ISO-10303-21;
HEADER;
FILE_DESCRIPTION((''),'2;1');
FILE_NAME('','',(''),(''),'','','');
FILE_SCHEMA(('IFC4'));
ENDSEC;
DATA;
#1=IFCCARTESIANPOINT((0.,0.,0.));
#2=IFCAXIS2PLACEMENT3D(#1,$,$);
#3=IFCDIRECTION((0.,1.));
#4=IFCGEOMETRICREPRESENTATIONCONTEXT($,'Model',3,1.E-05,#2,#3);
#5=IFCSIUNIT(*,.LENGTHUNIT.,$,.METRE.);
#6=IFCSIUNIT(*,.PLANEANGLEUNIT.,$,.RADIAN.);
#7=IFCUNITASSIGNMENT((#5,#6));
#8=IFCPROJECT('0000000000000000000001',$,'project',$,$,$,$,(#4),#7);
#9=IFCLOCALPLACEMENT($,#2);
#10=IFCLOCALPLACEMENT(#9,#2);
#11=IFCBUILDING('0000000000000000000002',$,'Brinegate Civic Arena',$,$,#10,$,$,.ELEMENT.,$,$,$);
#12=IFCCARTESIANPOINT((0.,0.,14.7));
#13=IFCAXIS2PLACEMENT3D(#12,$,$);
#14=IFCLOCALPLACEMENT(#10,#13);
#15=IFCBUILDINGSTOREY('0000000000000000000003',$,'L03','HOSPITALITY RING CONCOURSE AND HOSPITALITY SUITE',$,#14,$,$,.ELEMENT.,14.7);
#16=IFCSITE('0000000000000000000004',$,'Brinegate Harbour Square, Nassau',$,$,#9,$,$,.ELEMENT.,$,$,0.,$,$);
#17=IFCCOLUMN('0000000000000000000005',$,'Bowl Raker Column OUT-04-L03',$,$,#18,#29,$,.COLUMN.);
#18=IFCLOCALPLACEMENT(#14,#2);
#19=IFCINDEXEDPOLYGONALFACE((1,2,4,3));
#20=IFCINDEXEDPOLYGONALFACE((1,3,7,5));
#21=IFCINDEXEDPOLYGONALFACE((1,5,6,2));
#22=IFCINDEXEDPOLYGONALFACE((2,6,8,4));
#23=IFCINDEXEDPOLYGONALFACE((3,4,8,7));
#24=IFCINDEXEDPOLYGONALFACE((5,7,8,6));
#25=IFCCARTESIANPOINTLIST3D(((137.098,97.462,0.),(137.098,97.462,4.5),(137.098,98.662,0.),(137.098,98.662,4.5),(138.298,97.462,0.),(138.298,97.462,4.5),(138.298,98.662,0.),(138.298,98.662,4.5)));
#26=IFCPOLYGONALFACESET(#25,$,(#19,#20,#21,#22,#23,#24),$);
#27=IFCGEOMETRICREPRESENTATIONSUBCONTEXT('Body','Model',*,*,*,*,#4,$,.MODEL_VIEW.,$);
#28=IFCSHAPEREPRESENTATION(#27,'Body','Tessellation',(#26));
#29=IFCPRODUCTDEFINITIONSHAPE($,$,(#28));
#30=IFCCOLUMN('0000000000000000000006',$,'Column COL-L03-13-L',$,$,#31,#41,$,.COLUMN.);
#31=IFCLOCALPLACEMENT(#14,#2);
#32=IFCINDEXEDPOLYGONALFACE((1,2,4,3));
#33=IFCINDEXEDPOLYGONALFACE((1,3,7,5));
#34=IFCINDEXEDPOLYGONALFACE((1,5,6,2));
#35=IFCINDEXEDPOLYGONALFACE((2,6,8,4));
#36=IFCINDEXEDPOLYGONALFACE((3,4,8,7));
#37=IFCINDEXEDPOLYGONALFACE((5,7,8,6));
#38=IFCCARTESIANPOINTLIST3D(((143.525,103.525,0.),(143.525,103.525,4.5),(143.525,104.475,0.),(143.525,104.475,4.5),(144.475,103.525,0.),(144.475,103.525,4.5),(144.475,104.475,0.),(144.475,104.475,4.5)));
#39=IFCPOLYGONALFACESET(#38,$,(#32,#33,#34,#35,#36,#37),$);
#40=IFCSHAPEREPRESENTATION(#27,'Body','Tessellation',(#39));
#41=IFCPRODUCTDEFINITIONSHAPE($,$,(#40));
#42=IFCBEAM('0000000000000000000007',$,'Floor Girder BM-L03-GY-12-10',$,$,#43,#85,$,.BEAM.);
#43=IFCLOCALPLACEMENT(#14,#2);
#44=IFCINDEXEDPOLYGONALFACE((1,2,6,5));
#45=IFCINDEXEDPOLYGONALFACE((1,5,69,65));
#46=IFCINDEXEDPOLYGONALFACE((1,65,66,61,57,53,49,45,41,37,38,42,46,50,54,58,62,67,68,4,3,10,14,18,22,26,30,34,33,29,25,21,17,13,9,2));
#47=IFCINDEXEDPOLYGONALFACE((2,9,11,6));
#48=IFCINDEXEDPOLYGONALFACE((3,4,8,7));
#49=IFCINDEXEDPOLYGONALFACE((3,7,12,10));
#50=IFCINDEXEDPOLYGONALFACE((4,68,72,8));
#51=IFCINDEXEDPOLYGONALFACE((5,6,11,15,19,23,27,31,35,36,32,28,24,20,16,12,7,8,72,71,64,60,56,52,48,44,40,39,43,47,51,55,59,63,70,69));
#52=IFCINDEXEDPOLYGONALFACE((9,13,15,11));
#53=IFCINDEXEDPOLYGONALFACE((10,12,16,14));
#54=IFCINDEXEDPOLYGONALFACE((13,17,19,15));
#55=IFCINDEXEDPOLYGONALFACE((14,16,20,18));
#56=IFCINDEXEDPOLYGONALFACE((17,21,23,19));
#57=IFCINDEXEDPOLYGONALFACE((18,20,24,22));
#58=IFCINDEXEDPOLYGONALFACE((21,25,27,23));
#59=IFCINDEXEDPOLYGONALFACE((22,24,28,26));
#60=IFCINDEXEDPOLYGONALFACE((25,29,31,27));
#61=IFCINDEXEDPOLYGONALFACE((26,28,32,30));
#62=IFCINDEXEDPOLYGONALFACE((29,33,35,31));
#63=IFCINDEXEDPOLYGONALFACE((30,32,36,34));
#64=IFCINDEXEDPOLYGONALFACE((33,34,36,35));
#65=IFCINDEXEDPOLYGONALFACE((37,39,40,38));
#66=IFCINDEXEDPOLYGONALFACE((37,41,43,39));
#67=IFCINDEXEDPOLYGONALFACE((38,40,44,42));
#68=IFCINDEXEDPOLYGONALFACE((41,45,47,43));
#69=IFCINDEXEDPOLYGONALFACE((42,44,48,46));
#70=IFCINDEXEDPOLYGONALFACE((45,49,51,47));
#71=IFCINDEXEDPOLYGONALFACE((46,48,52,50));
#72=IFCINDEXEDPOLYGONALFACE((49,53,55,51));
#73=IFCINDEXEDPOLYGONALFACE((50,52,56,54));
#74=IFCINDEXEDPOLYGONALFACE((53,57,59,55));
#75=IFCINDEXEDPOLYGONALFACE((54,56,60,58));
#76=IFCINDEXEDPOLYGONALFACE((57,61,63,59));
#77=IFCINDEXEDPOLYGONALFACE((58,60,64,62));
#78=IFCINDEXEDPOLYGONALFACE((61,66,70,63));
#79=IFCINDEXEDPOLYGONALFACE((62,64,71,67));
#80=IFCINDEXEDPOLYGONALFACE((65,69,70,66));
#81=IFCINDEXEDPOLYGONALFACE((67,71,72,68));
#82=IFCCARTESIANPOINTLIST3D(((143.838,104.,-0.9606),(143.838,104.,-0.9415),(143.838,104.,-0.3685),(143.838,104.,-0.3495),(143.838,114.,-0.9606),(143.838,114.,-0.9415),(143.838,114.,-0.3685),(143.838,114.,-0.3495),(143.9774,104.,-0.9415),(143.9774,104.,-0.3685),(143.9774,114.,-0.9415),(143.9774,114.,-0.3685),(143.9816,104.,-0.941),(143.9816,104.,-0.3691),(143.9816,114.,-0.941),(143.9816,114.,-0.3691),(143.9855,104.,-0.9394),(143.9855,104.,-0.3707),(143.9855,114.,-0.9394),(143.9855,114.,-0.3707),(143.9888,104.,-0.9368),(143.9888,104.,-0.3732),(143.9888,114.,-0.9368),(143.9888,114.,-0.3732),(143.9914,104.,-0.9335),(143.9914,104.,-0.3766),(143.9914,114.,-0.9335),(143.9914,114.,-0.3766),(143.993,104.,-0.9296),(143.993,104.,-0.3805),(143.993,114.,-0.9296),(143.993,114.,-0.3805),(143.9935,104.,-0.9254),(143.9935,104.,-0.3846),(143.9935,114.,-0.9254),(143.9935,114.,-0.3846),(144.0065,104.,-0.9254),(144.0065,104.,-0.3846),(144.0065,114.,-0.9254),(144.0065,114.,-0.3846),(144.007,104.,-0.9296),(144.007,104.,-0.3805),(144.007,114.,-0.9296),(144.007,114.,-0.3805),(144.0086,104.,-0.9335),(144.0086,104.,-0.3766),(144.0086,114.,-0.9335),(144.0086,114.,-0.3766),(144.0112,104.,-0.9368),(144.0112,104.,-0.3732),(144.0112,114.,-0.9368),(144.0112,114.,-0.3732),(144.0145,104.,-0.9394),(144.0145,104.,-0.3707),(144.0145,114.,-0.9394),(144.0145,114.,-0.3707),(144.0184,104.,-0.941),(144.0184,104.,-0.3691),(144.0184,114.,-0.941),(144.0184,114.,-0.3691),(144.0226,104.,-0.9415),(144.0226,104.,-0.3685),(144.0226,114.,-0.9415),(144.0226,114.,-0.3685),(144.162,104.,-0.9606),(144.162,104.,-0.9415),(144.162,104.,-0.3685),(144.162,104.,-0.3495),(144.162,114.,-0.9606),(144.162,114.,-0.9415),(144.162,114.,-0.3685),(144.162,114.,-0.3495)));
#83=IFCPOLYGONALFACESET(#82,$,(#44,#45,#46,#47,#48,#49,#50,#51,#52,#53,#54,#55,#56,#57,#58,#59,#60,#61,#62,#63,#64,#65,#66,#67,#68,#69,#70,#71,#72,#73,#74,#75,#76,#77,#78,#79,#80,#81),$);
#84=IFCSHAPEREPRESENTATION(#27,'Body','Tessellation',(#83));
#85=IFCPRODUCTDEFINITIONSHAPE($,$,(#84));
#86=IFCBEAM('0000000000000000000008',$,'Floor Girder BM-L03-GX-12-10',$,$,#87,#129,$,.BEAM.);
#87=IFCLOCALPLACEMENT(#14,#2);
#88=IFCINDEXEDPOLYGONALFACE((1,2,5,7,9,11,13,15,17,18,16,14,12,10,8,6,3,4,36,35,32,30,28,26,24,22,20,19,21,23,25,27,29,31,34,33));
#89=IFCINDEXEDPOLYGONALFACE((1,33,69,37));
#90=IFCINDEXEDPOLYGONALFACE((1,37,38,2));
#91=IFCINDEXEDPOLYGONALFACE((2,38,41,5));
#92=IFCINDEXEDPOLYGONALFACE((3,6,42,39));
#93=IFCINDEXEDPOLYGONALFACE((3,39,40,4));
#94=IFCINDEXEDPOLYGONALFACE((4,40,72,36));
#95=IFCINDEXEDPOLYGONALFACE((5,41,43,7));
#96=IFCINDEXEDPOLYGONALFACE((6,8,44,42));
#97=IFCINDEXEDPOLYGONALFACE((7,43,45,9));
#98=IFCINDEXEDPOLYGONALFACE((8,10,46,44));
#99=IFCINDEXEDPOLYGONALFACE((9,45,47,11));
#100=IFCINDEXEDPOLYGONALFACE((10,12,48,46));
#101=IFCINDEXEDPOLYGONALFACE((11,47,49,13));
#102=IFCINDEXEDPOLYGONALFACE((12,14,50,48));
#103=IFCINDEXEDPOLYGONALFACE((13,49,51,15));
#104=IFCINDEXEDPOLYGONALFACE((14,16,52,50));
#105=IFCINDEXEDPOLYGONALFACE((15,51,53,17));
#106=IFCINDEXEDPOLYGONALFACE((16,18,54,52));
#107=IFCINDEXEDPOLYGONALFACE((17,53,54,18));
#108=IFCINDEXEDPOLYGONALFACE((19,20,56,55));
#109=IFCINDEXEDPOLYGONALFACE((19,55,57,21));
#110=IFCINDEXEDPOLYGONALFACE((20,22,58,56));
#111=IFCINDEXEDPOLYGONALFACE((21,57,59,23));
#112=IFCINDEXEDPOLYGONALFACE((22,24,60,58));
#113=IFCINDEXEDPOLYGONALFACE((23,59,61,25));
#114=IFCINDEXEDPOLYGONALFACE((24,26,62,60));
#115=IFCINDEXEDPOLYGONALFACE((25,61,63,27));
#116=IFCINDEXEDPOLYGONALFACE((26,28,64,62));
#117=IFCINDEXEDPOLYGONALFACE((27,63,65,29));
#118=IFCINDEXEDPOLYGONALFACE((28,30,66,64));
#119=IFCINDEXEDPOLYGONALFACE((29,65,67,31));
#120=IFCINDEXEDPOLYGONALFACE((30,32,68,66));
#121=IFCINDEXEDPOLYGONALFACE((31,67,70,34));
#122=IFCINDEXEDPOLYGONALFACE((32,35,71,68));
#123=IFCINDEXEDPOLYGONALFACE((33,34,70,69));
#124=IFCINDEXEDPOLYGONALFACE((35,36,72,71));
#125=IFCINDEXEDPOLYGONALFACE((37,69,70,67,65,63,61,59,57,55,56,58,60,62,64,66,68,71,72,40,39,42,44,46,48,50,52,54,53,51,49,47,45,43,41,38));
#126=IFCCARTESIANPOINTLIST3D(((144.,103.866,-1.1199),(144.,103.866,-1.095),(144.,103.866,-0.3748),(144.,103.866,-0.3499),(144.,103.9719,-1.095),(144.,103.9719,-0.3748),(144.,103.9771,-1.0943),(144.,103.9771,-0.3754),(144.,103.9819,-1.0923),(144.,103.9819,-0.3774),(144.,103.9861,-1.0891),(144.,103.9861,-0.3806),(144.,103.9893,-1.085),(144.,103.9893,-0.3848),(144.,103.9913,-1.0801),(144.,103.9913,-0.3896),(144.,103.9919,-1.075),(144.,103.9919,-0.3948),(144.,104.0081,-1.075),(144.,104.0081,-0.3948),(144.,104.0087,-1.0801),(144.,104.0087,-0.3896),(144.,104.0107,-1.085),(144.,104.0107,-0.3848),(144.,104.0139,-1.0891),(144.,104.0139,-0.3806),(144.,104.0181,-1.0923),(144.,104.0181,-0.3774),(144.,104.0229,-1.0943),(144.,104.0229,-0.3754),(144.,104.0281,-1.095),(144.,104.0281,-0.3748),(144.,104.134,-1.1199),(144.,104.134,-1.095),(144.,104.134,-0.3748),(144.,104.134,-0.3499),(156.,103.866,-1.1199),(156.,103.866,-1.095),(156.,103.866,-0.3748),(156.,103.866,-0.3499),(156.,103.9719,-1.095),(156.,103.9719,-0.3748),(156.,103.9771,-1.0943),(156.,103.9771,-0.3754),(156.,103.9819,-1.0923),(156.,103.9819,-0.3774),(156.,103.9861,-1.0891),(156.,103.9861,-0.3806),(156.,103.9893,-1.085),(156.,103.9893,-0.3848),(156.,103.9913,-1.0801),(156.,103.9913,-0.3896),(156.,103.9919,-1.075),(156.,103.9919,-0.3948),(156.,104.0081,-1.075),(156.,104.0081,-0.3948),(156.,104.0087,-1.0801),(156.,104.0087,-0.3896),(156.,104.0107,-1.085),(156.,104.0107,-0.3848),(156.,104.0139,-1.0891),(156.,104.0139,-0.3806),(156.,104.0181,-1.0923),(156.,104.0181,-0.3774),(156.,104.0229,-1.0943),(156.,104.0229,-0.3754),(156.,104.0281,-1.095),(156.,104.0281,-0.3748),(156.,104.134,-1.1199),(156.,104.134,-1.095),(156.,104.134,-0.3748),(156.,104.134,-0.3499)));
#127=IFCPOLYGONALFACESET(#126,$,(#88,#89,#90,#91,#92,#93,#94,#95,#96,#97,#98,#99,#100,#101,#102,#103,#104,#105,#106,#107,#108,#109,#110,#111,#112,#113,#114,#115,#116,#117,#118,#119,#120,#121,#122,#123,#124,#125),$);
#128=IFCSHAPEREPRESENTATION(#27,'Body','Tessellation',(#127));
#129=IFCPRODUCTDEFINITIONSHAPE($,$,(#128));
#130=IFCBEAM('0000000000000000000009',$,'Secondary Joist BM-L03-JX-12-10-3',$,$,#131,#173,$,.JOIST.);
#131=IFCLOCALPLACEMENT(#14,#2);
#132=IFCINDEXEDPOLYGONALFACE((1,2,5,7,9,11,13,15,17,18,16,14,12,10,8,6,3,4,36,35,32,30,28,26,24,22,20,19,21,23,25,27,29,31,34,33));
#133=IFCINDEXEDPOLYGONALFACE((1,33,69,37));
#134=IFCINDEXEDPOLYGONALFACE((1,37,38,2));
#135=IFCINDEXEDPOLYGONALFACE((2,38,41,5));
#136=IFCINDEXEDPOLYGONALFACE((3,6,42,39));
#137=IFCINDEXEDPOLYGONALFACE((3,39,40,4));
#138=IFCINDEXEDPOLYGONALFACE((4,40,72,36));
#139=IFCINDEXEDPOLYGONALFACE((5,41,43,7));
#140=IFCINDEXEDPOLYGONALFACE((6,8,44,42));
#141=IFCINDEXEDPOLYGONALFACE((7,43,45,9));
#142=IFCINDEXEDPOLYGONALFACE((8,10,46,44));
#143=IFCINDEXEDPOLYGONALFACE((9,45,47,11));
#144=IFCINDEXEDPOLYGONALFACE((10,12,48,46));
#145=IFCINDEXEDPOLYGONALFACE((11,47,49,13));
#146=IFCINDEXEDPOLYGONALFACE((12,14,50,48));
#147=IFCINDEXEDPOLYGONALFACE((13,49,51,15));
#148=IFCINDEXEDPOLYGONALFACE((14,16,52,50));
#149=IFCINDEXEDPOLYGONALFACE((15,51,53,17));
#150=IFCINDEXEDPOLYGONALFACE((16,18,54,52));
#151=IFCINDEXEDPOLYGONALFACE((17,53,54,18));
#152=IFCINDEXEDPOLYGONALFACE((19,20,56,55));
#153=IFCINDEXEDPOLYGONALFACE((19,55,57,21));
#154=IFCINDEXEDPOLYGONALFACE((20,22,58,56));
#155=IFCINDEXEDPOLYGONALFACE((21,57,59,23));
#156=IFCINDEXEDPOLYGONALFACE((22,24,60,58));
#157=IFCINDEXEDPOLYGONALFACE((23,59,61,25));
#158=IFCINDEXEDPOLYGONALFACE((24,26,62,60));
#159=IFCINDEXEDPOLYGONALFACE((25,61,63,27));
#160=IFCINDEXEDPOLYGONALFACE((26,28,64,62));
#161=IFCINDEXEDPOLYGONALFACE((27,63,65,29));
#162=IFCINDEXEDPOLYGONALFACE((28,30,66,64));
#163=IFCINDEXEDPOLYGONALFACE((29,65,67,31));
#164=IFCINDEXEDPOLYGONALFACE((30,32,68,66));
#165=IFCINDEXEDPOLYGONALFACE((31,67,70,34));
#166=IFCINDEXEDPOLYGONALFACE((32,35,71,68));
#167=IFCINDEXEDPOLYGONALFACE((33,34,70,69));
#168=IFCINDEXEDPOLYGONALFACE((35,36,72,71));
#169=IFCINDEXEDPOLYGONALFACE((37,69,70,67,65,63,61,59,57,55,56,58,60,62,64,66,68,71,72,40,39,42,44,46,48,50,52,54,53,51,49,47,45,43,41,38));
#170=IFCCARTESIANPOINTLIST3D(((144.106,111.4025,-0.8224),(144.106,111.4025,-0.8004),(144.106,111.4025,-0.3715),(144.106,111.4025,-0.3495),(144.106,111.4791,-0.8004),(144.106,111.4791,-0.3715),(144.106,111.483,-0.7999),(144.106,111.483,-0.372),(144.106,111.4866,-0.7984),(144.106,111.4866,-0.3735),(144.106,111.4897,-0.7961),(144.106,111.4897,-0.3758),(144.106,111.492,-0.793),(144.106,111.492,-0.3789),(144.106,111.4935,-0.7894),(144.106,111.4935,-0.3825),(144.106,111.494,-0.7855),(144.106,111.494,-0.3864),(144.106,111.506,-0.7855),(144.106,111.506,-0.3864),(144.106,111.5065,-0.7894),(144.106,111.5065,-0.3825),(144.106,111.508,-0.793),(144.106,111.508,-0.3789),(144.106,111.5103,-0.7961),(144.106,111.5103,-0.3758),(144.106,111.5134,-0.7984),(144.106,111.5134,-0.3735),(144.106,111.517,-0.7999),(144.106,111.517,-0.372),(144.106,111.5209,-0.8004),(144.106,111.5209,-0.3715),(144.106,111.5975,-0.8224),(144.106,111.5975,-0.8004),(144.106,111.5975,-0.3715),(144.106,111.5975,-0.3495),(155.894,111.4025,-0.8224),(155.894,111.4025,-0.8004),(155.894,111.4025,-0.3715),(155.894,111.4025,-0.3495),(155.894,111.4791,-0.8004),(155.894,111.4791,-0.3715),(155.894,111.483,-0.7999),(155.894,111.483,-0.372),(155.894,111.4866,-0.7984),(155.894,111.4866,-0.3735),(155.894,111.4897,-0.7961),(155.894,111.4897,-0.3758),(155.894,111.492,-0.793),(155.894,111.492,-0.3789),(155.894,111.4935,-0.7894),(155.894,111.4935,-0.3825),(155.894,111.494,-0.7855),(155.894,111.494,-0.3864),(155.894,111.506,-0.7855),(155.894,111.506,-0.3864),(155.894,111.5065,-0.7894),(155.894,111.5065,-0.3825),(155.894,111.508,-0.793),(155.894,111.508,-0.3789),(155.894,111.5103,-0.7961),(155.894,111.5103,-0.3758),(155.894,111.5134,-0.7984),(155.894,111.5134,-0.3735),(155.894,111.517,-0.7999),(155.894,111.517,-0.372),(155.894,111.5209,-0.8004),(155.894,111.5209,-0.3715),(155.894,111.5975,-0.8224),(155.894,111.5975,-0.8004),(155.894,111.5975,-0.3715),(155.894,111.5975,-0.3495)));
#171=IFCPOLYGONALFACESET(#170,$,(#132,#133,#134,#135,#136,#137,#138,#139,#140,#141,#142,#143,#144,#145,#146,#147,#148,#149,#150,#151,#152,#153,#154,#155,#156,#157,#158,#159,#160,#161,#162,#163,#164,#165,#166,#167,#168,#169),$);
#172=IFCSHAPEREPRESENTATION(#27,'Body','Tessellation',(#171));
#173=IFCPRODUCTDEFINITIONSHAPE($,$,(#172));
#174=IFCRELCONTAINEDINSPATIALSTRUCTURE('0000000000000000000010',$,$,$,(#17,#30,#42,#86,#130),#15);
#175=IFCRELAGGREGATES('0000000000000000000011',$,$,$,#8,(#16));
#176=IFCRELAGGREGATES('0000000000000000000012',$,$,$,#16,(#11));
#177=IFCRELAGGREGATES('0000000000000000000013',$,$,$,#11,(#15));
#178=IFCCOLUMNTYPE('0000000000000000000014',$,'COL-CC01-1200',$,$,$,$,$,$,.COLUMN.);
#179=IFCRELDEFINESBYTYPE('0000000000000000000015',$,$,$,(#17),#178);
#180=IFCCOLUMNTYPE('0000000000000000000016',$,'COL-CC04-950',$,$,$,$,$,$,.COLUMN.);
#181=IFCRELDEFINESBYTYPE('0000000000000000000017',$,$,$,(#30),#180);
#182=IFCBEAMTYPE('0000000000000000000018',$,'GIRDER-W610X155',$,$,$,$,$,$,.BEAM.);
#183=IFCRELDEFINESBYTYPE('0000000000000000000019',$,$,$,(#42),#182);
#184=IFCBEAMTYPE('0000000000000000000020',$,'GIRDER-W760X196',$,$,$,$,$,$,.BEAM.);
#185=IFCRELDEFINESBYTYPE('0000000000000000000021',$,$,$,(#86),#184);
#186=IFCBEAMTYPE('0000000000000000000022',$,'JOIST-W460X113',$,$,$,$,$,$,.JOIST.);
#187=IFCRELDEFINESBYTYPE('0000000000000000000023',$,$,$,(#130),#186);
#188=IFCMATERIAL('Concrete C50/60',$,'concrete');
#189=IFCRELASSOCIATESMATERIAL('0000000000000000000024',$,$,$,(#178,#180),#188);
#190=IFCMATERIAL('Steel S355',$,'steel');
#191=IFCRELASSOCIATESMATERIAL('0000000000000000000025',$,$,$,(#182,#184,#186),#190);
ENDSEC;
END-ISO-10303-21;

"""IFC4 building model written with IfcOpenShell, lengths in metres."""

from ifc_helpers import new_model, si_unit, direction, frame, origin, origin_2d, place, context, subcontext, project, spatial, rectangle, i_section, extrude, material, material_profile, profile_set, type_object, element, save


model = new_model("IFC4")

# Units and contexts
model_context = context("Model", 3, precision=1e-05, world=origin(), true_north=direction((0.0, 1.0)))
body_context = subcontext(model_context, "Body", "Model", "MODEL_VIEW")
ifc_project = project(units=[si_unit("LENGTHUNIT", "METRE"), si_unit("PLANEANGLEUNIT", "RADIAN")], contexts=[model_context])

# Site, building, storey
site_placement = place(None, origin())
site = spatial("IfcSite", under=ifc_project, at=site_placement, Name="Brinegate Harbour Square, Nassau", CompositionType="ELEMENT", RefElevation=0.0)
building_placement = place(site_placement, origin())
building = spatial("IfcBuilding", under=site, at=building_placement, Name="Brinegate Civic Arena", CompositionType="ELEMENT")
storey_placement = place(building_placement, frame((0.0, 0.0, 14.7)))
storey = spatial("IfcBuildingStorey", under=building, at=storey_placement, Name="L03", Description="HOSPITALITY RING CONCOURSE AND HOSPITALITY SUITE", CompositionType="ELEMENT", Elevation=14.7)

# Columns
ifc_material_1 = material(Name="Concrete C50/60", Category="concrete")
ifc_material_profile_1 = material_profile(ifc_material_1, rectangle(XDim=1.2, YDim=1.2, at=origin_2d()), Name="RC1200X1200")
ifc_profile_set_1 = profile_set([ifc_material_profile_1], Name="Concrete C50/60")
column_type_1 = type_object("IfcColumnType", Name="COL-CC01-1200", PredefinedType="COLUMN", material=ifc_profile_set_1)
column_1_placement = place(storey_placement, frame((137.698, 98.062, 0.0), z_axis=(0.0, 0.0, 1.0), x_axis=(1.0, 0.0, 0.0)))
element("IfcColumn", 1, at=column_1_placement, inside=storey, type_object=column_type_1, Name="Bowl Raker Column OUT-04-L03", PredefinedType="COLUMN", context=body_context, shape_type="SweptSolid", body=[
    extrude(rectangle(XDim=1.2, YDim=1.2, at=origin_2d()), origin(), (0.0, 0.0, 1.0), 4.5),
])
ifc_material_profile_2 = material_profile(ifc_material_1, rectangle(XDim=0.95, YDim=0.95, at=origin_2d()), Name="RC950X950")
ifc_profile_set_2 = profile_set([ifc_material_profile_2], Name="Concrete C50/60")
column_type_2 = type_object("IfcColumnType", Name="COL-CC04-950", PredefinedType="COLUMN", material=ifc_profile_set_2)
column_2_placement = place(storey_placement, frame((144.0, 104.0, 0.0), z_axis=(0.0, 0.0, 1.0), x_axis=(1.0, 0.0, 0.0)))
element("IfcColumn", 2, at=column_2_placement, inside=storey, type_object=column_type_2, Name="Column COL-L03-13-L", PredefinedType="COLUMN", context=body_context, shape_type="SweptSolid", body=[
    extrude(rectangle(XDim=0.95, YDim=0.95, at=origin_2d()), origin(), (0.0, 0.0, 1.0), 4.5),
])

# Beams
ifc_material_2 = material(Name="Steel S355", Category="steel")
ifc_material_profile_3 = material_profile(ifc_material_2, i_section(OverallWidth=0.324, OverallDepth=0.6111, WebThickness=0.0129, FlangeThickness=0.019, FilletRadius=0.0161, at=origin_2d()), Name="W610X155")
ifc_profile_set_3 = profile_set([ifc_material_profile_3], Name="Steel S355")
beam_type_1 = type_object("IfcBeamType", Name="GIRDER-W610X155", PredefinedType="BEAM", material=ifc_profile_set_3)
beam_1_placement = place(storey_placement, frame((144.0, 104.0, -0.655), z_axis=(0.0, 1.0, 0.0), x_axis=(-1.0, 0.0, 0.0)))
element("IfcBeam", 3, at=beam_1_placement, inside=storey, type_object=beam_type_1, Name="Floor Girder BM-L03-GY-12-10", PredefinedType="BEAM", context=body_context, shape_type="SweptSolid", body=[
    extrude(i_section(OverallWidth=0.324, OverallDepth=0.6111, WebThickness=0.0129, FlangeThickness=0.019, FilletRadius=0.0161, at=origin_2d()), origin(), (0.0, 0.0, 1.0), 10.0),
])
ifc_material_profile_4 = material_profile(ifc_material_2, i_section(OverallWidth=0.2681, OverallDepth=0.77, WebThickness=0.0161, FlangeThickness=0.0249, FilletRadius=0.02, at=origin_2d()), Name="W760X196")
ifc_profile_set_4 = profile_set([ifc_material_profile_4], Name="Steel S355")
beam_type_2 = type_object("IfcBeamType", Name="GIRDER-W760X196", PredefinedType="BEAM", material=ifc_profile_set_4)
beam_2_placement = place(storey_placement, frame((144.0, 104.0, -0.7349), z_axis=(1.0, 0.0, 0.0), x_axis=(0.0, 1.0, 0.0)))
element("IfcBeam", 4, at=beam_2_placement, inside=storey, type_object=beam_type_2, Name="Floor Girder BM-L03-GX-12-10", PredefinedType="BEAM", context=body_context, shape_type="SweptSolid", body=[
    extrude(i_section(OverallWidth=0.2681, OverallDepth=0.77, WebThickness=0.0161, FlangeThickness=0.0249, FilletRadius=0.02, at=origin_2d()), origin(), (0.0, 0.0, 1.0), 12.0),
])
ifc_material_profile_5 = material_profile(ifc_material_2, i_section(OverallWidth=0.1951, OverallDepth=0.4729, WebThickness=0.012, FlangeThickness=0.022, FilletRadius=0.0149, at=origin_2d()), Name="W460X113")
ifc_profile_set_5 = profile_set([ifc_material_profile_5], Name="Steel S355")
beam_type_3 = type_object("IfcBeamType", Name="JOIST-W460X113", PredefinedType="JOIST", material=ifc_profile_set_5)
beam_3_placement = place(storey_placement, frame((144.106, 111.5, -0.5859), z_axis=(1.0, 0.0, 0.0), x_axis=(0.0, 1.0, 0.0)))
element("IfcBeam", 5, at=beam_3_placement, inside=storey, type_object=beam_type_3, Name="Secondary Joist BM-L03-JX-12-10-3", PredefinedType="JOIST", context=body_context, shape_type="SweptSolid", body=[
    extrude(i_section(OverallWidth=0.1951, OverallDepth=0.4729, WebThickness=0.012, FlangeThickness=0.022, FilletRadius=0.0149, at=origin_2d()), origin(), (0.0, 0.0, 1.0), 11.7881),
])

save(model, "model.ifc")
